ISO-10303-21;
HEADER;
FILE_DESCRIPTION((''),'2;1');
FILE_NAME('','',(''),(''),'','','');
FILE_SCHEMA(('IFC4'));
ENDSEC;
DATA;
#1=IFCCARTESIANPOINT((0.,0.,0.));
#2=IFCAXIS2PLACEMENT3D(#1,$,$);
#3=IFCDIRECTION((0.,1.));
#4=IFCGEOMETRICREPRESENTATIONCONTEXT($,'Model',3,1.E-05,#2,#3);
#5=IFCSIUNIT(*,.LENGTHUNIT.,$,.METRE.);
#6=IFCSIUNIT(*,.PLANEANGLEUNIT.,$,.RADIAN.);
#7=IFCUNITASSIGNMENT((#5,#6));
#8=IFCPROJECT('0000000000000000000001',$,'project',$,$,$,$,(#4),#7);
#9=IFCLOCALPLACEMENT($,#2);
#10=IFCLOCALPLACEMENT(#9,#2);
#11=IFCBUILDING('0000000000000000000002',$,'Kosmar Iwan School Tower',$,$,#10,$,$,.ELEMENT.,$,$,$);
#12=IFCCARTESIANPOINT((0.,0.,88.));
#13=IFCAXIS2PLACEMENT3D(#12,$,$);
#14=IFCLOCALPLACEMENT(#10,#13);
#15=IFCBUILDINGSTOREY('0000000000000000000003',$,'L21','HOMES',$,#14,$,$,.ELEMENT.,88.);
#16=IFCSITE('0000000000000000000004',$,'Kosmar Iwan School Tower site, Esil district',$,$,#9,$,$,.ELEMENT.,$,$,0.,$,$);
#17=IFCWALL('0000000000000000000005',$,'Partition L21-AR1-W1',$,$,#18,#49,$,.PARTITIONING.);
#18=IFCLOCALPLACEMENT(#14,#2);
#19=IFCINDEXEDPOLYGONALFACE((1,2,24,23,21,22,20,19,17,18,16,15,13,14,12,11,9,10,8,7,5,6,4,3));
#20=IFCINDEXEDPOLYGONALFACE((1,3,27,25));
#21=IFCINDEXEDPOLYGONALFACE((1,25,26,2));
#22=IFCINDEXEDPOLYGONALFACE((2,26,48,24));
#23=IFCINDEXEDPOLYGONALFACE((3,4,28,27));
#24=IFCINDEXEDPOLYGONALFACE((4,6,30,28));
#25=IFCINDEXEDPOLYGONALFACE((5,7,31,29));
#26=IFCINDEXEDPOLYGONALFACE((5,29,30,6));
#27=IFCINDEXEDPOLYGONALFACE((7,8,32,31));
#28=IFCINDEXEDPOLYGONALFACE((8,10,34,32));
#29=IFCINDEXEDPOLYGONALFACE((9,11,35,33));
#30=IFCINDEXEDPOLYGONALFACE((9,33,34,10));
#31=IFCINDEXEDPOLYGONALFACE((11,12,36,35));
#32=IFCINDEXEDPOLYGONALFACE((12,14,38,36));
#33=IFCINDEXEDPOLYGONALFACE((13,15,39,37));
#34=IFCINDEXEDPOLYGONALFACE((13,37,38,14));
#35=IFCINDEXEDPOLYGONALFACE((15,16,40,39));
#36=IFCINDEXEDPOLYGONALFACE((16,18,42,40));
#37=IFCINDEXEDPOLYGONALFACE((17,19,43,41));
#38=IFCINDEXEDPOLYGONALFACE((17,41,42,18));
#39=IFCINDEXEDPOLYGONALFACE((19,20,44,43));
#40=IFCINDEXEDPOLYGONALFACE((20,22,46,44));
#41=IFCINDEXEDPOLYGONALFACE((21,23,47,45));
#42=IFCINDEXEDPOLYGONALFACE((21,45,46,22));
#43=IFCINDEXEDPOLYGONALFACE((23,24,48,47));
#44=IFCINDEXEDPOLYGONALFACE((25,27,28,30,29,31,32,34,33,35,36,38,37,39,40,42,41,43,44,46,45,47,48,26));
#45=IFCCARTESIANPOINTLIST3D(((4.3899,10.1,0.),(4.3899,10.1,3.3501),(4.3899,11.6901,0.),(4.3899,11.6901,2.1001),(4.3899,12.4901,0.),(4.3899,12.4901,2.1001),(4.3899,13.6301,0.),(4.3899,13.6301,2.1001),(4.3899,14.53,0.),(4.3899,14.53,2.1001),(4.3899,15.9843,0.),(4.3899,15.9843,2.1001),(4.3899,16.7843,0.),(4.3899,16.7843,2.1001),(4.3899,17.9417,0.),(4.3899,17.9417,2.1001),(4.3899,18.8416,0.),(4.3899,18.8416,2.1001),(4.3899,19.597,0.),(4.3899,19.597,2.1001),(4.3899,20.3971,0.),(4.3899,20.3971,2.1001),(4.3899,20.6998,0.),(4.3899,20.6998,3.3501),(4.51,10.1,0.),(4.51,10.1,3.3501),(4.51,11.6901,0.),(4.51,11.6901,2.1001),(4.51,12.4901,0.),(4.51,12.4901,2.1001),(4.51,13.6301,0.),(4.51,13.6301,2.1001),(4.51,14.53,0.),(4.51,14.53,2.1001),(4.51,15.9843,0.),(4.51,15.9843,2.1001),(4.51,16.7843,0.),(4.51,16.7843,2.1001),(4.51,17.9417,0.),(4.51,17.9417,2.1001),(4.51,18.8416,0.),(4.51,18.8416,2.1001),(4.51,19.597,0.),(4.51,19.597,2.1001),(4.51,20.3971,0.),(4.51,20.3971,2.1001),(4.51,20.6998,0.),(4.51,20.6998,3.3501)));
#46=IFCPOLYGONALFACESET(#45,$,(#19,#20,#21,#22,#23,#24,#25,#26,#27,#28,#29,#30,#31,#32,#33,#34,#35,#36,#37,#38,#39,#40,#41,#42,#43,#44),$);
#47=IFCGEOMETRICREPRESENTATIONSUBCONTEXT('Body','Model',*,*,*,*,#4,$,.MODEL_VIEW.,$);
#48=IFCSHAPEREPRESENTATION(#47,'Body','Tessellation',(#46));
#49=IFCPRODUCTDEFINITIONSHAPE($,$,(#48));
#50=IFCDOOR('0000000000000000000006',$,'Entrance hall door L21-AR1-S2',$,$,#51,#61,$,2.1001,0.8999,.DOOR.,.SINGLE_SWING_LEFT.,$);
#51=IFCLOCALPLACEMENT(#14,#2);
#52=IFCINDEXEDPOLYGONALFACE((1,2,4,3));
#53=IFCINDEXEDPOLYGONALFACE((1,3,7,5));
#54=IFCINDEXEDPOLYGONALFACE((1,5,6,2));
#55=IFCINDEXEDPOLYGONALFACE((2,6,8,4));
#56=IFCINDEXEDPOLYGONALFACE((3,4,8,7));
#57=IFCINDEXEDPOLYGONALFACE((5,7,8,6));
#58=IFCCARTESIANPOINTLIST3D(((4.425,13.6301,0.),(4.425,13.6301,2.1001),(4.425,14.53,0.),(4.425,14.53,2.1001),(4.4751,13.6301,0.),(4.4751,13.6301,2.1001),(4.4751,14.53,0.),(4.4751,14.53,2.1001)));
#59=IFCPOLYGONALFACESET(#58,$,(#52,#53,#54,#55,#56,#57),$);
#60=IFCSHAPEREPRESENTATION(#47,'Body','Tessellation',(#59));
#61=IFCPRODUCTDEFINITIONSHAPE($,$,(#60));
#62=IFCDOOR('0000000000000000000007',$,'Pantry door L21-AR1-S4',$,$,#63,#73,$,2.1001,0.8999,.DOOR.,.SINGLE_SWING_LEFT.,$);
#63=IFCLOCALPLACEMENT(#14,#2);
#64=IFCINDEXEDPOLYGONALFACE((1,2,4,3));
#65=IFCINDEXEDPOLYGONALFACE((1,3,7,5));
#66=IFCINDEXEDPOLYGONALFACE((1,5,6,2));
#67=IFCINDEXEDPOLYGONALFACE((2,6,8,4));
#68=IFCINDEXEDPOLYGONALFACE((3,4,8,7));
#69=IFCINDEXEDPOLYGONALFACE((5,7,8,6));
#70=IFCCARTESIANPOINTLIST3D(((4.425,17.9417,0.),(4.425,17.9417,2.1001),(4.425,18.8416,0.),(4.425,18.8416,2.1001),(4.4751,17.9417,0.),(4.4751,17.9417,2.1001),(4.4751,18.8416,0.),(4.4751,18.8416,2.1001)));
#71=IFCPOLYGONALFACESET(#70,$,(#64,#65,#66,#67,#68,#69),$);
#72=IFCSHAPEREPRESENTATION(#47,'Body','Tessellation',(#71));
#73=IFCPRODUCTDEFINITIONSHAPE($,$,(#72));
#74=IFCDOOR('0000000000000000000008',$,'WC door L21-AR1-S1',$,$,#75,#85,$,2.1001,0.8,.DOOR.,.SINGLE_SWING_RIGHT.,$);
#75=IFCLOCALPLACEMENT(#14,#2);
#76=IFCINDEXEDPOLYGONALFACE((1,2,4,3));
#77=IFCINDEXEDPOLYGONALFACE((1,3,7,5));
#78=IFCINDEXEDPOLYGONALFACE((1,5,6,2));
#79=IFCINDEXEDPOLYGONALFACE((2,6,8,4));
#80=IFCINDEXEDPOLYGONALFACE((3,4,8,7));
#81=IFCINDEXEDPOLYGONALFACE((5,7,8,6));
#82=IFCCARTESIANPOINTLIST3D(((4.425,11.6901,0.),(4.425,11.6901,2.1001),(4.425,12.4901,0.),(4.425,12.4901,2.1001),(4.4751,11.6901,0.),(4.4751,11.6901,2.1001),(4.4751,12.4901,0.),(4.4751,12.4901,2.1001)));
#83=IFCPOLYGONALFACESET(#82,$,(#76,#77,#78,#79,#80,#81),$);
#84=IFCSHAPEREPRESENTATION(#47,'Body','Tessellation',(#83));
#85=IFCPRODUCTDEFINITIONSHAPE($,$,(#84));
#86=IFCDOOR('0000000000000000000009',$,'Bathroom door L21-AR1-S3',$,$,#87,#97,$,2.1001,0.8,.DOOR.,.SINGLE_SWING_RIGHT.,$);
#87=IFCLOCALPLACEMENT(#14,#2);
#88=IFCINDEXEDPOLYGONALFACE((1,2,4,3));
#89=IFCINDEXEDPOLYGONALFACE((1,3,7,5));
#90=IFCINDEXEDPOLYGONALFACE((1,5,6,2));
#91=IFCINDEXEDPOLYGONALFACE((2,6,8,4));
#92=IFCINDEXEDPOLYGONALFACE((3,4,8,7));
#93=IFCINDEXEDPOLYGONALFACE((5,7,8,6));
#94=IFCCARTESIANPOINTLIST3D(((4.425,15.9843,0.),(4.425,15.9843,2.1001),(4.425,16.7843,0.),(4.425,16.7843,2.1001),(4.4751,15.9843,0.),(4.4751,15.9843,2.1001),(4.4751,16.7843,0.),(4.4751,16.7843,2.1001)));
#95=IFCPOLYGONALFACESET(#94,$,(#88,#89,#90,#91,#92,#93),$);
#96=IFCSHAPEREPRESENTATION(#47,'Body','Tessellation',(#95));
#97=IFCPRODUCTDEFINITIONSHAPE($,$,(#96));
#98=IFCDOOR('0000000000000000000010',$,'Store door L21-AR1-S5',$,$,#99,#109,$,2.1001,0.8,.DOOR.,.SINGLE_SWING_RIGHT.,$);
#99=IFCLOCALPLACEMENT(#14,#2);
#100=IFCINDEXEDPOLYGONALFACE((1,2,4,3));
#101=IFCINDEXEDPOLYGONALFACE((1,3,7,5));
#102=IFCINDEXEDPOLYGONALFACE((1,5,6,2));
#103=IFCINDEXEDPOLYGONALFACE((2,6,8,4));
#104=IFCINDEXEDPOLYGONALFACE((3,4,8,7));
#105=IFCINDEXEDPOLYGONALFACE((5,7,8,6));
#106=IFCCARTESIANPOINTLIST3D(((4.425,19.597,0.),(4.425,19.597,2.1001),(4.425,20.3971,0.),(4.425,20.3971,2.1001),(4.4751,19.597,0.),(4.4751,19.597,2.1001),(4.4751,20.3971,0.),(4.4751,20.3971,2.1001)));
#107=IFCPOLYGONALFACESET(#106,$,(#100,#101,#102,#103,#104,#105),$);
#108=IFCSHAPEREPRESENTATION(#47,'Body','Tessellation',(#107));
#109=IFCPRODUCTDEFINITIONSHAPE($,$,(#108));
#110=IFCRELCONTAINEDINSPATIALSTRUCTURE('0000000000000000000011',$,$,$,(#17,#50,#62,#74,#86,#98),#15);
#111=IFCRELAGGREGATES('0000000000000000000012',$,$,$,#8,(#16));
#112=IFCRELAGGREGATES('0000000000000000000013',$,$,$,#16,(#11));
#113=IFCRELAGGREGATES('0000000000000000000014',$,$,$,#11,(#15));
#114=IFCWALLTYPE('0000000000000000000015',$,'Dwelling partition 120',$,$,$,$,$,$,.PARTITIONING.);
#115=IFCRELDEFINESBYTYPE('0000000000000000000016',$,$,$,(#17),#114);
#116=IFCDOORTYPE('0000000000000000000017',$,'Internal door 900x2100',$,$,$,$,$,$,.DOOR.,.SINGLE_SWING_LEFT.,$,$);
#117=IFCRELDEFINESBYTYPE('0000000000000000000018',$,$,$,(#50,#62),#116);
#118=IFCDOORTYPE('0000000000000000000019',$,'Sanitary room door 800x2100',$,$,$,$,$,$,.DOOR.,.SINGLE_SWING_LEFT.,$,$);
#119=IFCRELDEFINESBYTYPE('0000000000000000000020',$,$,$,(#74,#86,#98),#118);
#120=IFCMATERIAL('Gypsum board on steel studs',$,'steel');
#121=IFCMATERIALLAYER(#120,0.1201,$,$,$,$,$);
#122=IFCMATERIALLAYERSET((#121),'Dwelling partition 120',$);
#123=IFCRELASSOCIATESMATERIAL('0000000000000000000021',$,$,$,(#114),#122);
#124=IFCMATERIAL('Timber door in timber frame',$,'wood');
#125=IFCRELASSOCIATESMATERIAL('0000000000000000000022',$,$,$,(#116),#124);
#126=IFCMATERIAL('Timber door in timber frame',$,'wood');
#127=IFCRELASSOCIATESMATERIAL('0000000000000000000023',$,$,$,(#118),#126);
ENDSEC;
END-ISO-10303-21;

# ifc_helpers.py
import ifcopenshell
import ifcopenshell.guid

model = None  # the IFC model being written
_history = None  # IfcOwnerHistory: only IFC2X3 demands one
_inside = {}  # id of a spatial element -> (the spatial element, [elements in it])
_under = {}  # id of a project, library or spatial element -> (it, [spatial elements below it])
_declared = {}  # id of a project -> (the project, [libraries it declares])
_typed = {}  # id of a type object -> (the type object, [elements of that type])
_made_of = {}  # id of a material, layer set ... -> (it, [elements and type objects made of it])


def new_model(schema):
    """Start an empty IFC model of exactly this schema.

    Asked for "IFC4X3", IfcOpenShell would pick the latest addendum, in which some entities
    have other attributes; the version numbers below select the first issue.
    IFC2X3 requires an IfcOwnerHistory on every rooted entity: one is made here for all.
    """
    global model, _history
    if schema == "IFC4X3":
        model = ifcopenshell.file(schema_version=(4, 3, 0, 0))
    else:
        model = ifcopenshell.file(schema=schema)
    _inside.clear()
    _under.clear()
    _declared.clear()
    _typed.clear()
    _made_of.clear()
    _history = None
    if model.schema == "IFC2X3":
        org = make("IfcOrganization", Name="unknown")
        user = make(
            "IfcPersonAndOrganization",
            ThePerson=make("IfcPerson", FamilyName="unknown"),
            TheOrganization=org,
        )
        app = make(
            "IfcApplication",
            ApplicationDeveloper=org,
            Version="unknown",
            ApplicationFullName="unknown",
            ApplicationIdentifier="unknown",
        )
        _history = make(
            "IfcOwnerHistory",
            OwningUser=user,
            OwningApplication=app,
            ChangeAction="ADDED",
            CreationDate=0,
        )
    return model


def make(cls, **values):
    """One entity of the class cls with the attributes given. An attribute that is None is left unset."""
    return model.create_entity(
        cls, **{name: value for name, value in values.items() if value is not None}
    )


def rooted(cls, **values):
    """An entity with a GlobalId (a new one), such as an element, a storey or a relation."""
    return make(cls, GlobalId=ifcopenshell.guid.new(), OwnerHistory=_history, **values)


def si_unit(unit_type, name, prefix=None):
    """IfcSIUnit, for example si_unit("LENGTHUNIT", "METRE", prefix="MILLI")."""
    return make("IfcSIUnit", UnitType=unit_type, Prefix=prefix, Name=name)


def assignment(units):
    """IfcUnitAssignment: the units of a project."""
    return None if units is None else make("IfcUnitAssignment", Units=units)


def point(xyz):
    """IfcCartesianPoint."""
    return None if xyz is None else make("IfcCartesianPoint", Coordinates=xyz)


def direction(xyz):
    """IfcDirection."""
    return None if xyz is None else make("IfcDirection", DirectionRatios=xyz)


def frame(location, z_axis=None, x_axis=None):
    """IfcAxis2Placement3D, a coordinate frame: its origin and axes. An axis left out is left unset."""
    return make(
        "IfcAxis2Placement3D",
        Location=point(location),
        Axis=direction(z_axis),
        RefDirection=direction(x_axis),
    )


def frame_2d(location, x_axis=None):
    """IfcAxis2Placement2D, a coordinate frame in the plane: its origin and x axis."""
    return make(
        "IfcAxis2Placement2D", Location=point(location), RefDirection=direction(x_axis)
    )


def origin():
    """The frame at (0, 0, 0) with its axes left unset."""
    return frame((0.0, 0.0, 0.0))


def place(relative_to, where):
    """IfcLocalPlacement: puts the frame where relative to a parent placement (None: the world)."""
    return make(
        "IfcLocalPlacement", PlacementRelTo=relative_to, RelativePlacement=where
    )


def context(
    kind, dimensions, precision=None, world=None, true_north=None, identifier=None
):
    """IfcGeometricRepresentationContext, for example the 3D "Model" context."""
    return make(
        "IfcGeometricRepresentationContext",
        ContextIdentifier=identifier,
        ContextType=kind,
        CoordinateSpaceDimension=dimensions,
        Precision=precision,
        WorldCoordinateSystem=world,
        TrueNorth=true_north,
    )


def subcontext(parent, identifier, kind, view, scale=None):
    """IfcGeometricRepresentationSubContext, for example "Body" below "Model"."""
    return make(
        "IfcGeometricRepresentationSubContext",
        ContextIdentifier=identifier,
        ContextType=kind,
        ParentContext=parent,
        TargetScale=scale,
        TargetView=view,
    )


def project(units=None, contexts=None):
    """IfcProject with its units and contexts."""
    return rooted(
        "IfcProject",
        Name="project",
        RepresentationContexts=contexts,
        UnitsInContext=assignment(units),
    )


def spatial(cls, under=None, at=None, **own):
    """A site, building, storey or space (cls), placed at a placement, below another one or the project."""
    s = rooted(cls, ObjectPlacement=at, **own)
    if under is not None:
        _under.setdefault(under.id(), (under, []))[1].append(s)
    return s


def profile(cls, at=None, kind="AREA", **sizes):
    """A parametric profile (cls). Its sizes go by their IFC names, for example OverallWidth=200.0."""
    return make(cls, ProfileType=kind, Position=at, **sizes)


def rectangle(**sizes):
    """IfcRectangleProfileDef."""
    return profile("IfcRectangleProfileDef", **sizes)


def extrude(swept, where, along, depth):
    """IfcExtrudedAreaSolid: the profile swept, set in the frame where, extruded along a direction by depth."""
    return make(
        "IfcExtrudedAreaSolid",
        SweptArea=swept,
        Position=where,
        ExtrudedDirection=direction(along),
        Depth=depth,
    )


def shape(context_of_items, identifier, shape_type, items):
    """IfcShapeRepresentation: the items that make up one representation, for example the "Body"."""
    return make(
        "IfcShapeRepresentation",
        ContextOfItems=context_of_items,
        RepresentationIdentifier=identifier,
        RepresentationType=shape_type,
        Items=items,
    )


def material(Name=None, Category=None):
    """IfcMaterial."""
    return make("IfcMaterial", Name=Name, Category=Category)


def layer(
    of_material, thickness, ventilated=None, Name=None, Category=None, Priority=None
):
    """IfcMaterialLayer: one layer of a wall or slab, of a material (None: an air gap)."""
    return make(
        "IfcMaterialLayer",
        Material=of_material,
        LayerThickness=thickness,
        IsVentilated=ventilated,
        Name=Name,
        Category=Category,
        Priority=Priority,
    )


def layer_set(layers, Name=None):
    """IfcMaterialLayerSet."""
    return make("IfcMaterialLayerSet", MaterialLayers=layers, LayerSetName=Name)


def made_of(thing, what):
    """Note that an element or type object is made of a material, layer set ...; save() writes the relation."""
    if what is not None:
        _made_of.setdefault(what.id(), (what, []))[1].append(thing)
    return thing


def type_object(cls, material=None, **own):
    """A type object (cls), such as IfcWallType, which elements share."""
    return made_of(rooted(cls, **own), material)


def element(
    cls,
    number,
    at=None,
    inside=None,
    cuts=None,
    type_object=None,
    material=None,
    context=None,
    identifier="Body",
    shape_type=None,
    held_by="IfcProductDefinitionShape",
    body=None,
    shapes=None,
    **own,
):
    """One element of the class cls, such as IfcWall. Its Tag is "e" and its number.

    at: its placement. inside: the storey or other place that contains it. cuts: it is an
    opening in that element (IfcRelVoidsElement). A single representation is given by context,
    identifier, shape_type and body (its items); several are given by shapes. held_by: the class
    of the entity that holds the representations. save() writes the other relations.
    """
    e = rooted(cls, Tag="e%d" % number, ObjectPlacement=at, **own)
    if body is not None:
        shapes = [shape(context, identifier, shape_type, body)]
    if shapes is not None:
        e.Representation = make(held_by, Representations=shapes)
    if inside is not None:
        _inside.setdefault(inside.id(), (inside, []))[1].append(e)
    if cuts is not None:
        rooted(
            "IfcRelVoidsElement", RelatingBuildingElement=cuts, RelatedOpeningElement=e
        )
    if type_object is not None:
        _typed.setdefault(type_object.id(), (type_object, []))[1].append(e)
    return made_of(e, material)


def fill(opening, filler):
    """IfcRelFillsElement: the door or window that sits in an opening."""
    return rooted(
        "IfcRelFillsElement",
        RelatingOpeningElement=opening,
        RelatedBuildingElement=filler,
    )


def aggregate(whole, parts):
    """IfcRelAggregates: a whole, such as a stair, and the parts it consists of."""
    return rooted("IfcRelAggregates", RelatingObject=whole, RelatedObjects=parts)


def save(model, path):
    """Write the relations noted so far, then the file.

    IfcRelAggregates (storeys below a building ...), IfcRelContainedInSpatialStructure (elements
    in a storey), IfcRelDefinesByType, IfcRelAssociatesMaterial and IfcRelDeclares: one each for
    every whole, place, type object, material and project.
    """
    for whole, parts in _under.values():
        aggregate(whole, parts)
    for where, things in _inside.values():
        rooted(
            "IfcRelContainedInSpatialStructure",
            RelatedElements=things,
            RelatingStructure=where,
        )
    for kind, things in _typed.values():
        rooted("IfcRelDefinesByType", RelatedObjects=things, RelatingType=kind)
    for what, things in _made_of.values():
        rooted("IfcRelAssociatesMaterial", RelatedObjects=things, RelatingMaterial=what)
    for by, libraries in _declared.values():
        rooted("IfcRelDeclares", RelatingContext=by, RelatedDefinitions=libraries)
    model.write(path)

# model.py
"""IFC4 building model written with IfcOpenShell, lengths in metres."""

from ifc_helpers import new_model, si_unit, direction, frame, frame_2d, origin, place, context, subcontext, project, spatial, rectangle, extrude, material, layer, layer_set, type_object, element, fill, save


model = new_model("IFC4")

# Units and contexts
model_context = context("Model", 3, precision=1e-05, world=origin(), true_north=direction((0.0, 1.0)))
body_context = subcontext(model_context, "Body", "Model", "MODEL_VIEW")
ifc_project = project(units=[si_unit("LENGTHUNIT", "METRE"), si_unit("PLANEANGLEUNIT", "RADIAN")], contexts=[model_context])

# Site, building, storey
site_placement = place(None, origin())
site = spatial("IfcSite", under=ifc_project, at=site_placement, Name="Kosmar Iwan School Tower site, Esil district", CompositionType="ELEMENT", RefElevation=0.0)
building_placement = place(site_placement, origin())
building = spatial("IfcBuilding", under=site, at=building_placement, Name="Kosmar Iwan School Tower", CompositionType="ELEMENT")
storey_placement = place(building_placement, frame((0.0, 0.0, 88.0)))
storey = spatial("IfcBuildingStorey", under=building, at=storey_placement, Name="L21", Description="HOMES", CompositionType="ELEMENT", Elevation=88.0)

# Wall, openings, doors
ifc_material_1 = material(Name="Gypsum board on steel studs", Category="steel")
ifc_layer_1 = layer(ifc_material_1, 0.1201)
ifc_layer_set_1 = layer_set([ifc_layer_1], Name="Dwelling partition 120")
wall_type_1 = type_object("IfcWallType", Name="Dwelling partition 120", PredefinedType="PARTITIONING", material=ifc_layer_set_1)
wall_1_placement = place(storey_placement, frame((4.45, 10.1001, 0.0), z_axis=(0.0, 0.0, 1.0), x_axis=(0.0, 1.0, 0.0)))
wall_1 = element("IfcWall", 1, at=wall_1_placement, inside=storey, type_object=wall_type_1, Name="Partition L21-AR1-W1", PredefinedType="PARTITIONING", context=body_context, shape_type="SweptSolid", body=[
    extrude(rectangle(XDim=10.5999, YDim=0.1201, at=frame_2d((5.2998, 0.0))), origin(), (0.0, 0.0, 1.0), 3.3501),
])
opening_1_placement = place(wall_1_placement, frame((1.5901, 0.0, 0.0)))
opening_1 = element("IfcOpeningElement", 2, at=opening_1_placement, cuts=wall_1, PredefinedType="OPENING", context=body_context, shape_type="SweptSolid", body=[
    extrude(rectangle(XDim=0.8, YDim=2.1001, at=frame_2d((0.3999, 1.05))), frame((0.0, 0.072, 0.0), z_axis=(0.0, -1.0, 0.0), x_axis=(1.0, 0.0, 0.0)), (0.0, 0.0, 1.0), 0.144),
])
opening_2_placement = place(wall_1_placement, frame((3.53, 0.0, 0.0)))
opening_2 = element("IfcOpeningElement", 3, at=opening_2_placement, cuts=wall_1, PredefinedType="OPENING", context=body_context, shape_type="SweptSolid", body=[
    extrude(rectangle(XDim=0.8999, YDim=2.1001, at=frame_2d((0.45, 1.05))), frame((0.0, 0.072, 0.0), z_axis=(0.0, -1.0, 0.0), x_axis=(1.0, 0.0, 0.0)), (0.0, 0.0, 1.0), 0.144),
])
opening_3_placement = place(wall_1_placement, frame((5.8843, 0.0, 0.0)))
opening_3 = element("IfcOpeningElement", 4, at=opening_3_placement, cuts=wall_1, PredefinedType="OPENING", context=body_context, shape_type="SweptSolid", body=[
    extrude(rectangle(XDim=0.8, YDim=2.1001, at=frame_2d((0.3999, 1.05))), frame((0.0, 0.072, 0.0), z_axis=(0.0, -1.0, 0.0), x_axis=(1.0, 0.0, 0.0)), (0.0, 0.0, 1.0), 0.144),
])
opening_4_placement = place(wall_1_placement, frame((7.8416, 0.0, 0.0)))
opening_4 = element("IfcOpeningElement", 5, at=opening_4_placement, cuts=wall_1, PredefinedType="OPENING", context=body_context, shape_type="SweptSolid", body=[
    extrude(rectangle(XDim=0.8999, YDim=2.1001, at=frame_2d((0.45, 1.05))), frame((0.0, 0.072, 0.0), z_axis=(0.0, -1.0, 0.0), x_axis=(1.0, 0.0, 0.0)), (0.0, 0.0, 1.0), 0.144),
])
opening_5_placement = place(wall_1_placement, frame((9.4971, 0.0, 0.0)))
opening_5 = element("IfcOpeningElement", 6, at=opening_5_placement, cuts=wall_1, PredefinedType="OPENING", context=body_context, shape_type="SweptSolid", body=[
    extrude(rectangle(XDim=0.8, YDim=2.1001, at=frame_2d((0.3999, 1.05))), frame((0.0, 0.072, 0.0), z_axis=(0.0, -1.0, 0.0), x_axis=(1.0, 0.0, 0.0)), (0.0, 0.0, 1.0), 0.144),
])
ifc_material_2 = material(Name="Timber door in timber frame", Category="wood")
door_type_1 = type_object("IfcDoorType", Name="Internal door 900x2100", OperationType="SINGLE_SWING_LEFT", PredefinedType="DOOR", material=ifc_material_2)
door_1_placement = place(opening_2_placement, origin())
door_1 = element("IfcDoor", 7, at=door_1_placement, inside=storey, type_object=door_type_1, Name="Entrance hall door L21-AR1-S2", OperationType="SINGLE_SWING_LEFT", OverallHeight=2.1001, OverallWidth=0.8999, PredefinedType="DOOR", context=body_context, shape_type="SweptSolid", body=[
    extrude(rectangle(XDim=0.8999, YDim=2.1001, at=frame_2d((0.45, 1.05))), frame((0.0, 0.0249, 0.0), z_axis=(0.0, -1.0, 0.0), x_axis=(1.0, 0.0, 0.0)), (0.0, 0.0, 1.0), 0.05),
])
fill(opening_2, door_1)
door_2_placement = place(opening_4_placement, origin())
door_2 = element("IfcDoor", 8, at=door_2_placement, inside=storey, type_object=door_type_1, Name="Pantry door L21-AR1-S4", OperationType="SINGLE_SWING_LEFT", OverallHeight=2.1001, OverallWidth=0.8999, PredefinedType="DOOR", context=body_context, shape_type="SweptSolid", body=[
    extrude(rectangle(XDim=0.8999, YDim=2.1001, at=frame_2d((0.45, 1.05))), frame((0.0, 0.0249, 0.0), z_axis=(0.0, -1.0, 0.0), x_axis=(1.0, 0.0, 0.0)), (0.0, 0.0, 1.0), 0.05),
])
fill(opening_4, door_2)
ifc_material_3 = material(Name="Timber door in timber frame", Category="wood")
door_type_2 = type_object("IfcDoorType", Name="Sanitary room door 800x2100", OperationType="SINGLE_SWING_LEFT", PredefinedType="DOOR", material=ifc_material_3)
door_3_placement = place(opening_1_placement, origin())
door_3 = element("IfcDoor", 9, at=door_3_placement, inside=storey, type_object=door_type_2, Name="WC door L21-AR1-S1", OperationType="SINGLE_SWING_RIGHT", OverallHeight=2.1001, OverallWidth=0.8, PredefinedType="DOOR", context=body_context, shape_type="SweptSolid", body=[
    extrude(rectangle(XDim=0.8, YDim=2.1001, at=frame_2d((0.3999, 1.05))), frame((0.0, 0.0249, 0.0), z_axis=(0.0, -1.0, 0.0), x_axis=(1.0, 0.0, 0.0)), (0.0, 0.0, 1.0), 0.05),
])
fill(opening_1, door_3)
door_4_placement = place(opening_3_placement, origin())
door_4 = element("IfcDoor", 10, at=door_4_placement, inside=storey, type_object=door_type_2, Name="Bathroom door L21-AR1-S3", OperationType="SINGLE_SWING_RIGHT", OverallHeight=2.1001, OverallWidth=0.8, PredefinedType="DOOR", context=body_context, shape_type="SweptSolid", body=[
    extrude(rectangle(XDim=0.8, YDim=2.1001, at=frame_2d((0.3999, 1.05))), frame((0.0, 0.0249, 0.0), z_axis=(0.0, -1.0, 0.0), x_axis=(1.0, 0.0, 0.0)), (0.0, 0.0, 1.0), 0.05),
])
fill(opening_3, door_4)
door_5_placement = place(opening_5_placement, origin())
door_5 = element("IfcDoor", 11, at=door_5_placement, inside=storey, type_object=door_type_2, Name="Store door L21-AR1-S5", OperationType="SINGLE_SWING_RIGHT", OverallHeight=2.1001, OverallWidth=0.8, PredefinedType="DOOR", context=body_context, shape_type="SweptSolid", body=[
    extrude(rectangle(XDim=0.8, YDim=2.1001, at=frame_2d((0.3999, 1.05))), frame((0.0, 0.0249, 0.0), z_axis=(0.0, -1.0, 0.0), x_axis=(1.0, 0.0, 0.0)), (0.0, 0.0, 1.0), 0.05),
])
fill(opening_5, door_5)

save(model, "model.ifc")
